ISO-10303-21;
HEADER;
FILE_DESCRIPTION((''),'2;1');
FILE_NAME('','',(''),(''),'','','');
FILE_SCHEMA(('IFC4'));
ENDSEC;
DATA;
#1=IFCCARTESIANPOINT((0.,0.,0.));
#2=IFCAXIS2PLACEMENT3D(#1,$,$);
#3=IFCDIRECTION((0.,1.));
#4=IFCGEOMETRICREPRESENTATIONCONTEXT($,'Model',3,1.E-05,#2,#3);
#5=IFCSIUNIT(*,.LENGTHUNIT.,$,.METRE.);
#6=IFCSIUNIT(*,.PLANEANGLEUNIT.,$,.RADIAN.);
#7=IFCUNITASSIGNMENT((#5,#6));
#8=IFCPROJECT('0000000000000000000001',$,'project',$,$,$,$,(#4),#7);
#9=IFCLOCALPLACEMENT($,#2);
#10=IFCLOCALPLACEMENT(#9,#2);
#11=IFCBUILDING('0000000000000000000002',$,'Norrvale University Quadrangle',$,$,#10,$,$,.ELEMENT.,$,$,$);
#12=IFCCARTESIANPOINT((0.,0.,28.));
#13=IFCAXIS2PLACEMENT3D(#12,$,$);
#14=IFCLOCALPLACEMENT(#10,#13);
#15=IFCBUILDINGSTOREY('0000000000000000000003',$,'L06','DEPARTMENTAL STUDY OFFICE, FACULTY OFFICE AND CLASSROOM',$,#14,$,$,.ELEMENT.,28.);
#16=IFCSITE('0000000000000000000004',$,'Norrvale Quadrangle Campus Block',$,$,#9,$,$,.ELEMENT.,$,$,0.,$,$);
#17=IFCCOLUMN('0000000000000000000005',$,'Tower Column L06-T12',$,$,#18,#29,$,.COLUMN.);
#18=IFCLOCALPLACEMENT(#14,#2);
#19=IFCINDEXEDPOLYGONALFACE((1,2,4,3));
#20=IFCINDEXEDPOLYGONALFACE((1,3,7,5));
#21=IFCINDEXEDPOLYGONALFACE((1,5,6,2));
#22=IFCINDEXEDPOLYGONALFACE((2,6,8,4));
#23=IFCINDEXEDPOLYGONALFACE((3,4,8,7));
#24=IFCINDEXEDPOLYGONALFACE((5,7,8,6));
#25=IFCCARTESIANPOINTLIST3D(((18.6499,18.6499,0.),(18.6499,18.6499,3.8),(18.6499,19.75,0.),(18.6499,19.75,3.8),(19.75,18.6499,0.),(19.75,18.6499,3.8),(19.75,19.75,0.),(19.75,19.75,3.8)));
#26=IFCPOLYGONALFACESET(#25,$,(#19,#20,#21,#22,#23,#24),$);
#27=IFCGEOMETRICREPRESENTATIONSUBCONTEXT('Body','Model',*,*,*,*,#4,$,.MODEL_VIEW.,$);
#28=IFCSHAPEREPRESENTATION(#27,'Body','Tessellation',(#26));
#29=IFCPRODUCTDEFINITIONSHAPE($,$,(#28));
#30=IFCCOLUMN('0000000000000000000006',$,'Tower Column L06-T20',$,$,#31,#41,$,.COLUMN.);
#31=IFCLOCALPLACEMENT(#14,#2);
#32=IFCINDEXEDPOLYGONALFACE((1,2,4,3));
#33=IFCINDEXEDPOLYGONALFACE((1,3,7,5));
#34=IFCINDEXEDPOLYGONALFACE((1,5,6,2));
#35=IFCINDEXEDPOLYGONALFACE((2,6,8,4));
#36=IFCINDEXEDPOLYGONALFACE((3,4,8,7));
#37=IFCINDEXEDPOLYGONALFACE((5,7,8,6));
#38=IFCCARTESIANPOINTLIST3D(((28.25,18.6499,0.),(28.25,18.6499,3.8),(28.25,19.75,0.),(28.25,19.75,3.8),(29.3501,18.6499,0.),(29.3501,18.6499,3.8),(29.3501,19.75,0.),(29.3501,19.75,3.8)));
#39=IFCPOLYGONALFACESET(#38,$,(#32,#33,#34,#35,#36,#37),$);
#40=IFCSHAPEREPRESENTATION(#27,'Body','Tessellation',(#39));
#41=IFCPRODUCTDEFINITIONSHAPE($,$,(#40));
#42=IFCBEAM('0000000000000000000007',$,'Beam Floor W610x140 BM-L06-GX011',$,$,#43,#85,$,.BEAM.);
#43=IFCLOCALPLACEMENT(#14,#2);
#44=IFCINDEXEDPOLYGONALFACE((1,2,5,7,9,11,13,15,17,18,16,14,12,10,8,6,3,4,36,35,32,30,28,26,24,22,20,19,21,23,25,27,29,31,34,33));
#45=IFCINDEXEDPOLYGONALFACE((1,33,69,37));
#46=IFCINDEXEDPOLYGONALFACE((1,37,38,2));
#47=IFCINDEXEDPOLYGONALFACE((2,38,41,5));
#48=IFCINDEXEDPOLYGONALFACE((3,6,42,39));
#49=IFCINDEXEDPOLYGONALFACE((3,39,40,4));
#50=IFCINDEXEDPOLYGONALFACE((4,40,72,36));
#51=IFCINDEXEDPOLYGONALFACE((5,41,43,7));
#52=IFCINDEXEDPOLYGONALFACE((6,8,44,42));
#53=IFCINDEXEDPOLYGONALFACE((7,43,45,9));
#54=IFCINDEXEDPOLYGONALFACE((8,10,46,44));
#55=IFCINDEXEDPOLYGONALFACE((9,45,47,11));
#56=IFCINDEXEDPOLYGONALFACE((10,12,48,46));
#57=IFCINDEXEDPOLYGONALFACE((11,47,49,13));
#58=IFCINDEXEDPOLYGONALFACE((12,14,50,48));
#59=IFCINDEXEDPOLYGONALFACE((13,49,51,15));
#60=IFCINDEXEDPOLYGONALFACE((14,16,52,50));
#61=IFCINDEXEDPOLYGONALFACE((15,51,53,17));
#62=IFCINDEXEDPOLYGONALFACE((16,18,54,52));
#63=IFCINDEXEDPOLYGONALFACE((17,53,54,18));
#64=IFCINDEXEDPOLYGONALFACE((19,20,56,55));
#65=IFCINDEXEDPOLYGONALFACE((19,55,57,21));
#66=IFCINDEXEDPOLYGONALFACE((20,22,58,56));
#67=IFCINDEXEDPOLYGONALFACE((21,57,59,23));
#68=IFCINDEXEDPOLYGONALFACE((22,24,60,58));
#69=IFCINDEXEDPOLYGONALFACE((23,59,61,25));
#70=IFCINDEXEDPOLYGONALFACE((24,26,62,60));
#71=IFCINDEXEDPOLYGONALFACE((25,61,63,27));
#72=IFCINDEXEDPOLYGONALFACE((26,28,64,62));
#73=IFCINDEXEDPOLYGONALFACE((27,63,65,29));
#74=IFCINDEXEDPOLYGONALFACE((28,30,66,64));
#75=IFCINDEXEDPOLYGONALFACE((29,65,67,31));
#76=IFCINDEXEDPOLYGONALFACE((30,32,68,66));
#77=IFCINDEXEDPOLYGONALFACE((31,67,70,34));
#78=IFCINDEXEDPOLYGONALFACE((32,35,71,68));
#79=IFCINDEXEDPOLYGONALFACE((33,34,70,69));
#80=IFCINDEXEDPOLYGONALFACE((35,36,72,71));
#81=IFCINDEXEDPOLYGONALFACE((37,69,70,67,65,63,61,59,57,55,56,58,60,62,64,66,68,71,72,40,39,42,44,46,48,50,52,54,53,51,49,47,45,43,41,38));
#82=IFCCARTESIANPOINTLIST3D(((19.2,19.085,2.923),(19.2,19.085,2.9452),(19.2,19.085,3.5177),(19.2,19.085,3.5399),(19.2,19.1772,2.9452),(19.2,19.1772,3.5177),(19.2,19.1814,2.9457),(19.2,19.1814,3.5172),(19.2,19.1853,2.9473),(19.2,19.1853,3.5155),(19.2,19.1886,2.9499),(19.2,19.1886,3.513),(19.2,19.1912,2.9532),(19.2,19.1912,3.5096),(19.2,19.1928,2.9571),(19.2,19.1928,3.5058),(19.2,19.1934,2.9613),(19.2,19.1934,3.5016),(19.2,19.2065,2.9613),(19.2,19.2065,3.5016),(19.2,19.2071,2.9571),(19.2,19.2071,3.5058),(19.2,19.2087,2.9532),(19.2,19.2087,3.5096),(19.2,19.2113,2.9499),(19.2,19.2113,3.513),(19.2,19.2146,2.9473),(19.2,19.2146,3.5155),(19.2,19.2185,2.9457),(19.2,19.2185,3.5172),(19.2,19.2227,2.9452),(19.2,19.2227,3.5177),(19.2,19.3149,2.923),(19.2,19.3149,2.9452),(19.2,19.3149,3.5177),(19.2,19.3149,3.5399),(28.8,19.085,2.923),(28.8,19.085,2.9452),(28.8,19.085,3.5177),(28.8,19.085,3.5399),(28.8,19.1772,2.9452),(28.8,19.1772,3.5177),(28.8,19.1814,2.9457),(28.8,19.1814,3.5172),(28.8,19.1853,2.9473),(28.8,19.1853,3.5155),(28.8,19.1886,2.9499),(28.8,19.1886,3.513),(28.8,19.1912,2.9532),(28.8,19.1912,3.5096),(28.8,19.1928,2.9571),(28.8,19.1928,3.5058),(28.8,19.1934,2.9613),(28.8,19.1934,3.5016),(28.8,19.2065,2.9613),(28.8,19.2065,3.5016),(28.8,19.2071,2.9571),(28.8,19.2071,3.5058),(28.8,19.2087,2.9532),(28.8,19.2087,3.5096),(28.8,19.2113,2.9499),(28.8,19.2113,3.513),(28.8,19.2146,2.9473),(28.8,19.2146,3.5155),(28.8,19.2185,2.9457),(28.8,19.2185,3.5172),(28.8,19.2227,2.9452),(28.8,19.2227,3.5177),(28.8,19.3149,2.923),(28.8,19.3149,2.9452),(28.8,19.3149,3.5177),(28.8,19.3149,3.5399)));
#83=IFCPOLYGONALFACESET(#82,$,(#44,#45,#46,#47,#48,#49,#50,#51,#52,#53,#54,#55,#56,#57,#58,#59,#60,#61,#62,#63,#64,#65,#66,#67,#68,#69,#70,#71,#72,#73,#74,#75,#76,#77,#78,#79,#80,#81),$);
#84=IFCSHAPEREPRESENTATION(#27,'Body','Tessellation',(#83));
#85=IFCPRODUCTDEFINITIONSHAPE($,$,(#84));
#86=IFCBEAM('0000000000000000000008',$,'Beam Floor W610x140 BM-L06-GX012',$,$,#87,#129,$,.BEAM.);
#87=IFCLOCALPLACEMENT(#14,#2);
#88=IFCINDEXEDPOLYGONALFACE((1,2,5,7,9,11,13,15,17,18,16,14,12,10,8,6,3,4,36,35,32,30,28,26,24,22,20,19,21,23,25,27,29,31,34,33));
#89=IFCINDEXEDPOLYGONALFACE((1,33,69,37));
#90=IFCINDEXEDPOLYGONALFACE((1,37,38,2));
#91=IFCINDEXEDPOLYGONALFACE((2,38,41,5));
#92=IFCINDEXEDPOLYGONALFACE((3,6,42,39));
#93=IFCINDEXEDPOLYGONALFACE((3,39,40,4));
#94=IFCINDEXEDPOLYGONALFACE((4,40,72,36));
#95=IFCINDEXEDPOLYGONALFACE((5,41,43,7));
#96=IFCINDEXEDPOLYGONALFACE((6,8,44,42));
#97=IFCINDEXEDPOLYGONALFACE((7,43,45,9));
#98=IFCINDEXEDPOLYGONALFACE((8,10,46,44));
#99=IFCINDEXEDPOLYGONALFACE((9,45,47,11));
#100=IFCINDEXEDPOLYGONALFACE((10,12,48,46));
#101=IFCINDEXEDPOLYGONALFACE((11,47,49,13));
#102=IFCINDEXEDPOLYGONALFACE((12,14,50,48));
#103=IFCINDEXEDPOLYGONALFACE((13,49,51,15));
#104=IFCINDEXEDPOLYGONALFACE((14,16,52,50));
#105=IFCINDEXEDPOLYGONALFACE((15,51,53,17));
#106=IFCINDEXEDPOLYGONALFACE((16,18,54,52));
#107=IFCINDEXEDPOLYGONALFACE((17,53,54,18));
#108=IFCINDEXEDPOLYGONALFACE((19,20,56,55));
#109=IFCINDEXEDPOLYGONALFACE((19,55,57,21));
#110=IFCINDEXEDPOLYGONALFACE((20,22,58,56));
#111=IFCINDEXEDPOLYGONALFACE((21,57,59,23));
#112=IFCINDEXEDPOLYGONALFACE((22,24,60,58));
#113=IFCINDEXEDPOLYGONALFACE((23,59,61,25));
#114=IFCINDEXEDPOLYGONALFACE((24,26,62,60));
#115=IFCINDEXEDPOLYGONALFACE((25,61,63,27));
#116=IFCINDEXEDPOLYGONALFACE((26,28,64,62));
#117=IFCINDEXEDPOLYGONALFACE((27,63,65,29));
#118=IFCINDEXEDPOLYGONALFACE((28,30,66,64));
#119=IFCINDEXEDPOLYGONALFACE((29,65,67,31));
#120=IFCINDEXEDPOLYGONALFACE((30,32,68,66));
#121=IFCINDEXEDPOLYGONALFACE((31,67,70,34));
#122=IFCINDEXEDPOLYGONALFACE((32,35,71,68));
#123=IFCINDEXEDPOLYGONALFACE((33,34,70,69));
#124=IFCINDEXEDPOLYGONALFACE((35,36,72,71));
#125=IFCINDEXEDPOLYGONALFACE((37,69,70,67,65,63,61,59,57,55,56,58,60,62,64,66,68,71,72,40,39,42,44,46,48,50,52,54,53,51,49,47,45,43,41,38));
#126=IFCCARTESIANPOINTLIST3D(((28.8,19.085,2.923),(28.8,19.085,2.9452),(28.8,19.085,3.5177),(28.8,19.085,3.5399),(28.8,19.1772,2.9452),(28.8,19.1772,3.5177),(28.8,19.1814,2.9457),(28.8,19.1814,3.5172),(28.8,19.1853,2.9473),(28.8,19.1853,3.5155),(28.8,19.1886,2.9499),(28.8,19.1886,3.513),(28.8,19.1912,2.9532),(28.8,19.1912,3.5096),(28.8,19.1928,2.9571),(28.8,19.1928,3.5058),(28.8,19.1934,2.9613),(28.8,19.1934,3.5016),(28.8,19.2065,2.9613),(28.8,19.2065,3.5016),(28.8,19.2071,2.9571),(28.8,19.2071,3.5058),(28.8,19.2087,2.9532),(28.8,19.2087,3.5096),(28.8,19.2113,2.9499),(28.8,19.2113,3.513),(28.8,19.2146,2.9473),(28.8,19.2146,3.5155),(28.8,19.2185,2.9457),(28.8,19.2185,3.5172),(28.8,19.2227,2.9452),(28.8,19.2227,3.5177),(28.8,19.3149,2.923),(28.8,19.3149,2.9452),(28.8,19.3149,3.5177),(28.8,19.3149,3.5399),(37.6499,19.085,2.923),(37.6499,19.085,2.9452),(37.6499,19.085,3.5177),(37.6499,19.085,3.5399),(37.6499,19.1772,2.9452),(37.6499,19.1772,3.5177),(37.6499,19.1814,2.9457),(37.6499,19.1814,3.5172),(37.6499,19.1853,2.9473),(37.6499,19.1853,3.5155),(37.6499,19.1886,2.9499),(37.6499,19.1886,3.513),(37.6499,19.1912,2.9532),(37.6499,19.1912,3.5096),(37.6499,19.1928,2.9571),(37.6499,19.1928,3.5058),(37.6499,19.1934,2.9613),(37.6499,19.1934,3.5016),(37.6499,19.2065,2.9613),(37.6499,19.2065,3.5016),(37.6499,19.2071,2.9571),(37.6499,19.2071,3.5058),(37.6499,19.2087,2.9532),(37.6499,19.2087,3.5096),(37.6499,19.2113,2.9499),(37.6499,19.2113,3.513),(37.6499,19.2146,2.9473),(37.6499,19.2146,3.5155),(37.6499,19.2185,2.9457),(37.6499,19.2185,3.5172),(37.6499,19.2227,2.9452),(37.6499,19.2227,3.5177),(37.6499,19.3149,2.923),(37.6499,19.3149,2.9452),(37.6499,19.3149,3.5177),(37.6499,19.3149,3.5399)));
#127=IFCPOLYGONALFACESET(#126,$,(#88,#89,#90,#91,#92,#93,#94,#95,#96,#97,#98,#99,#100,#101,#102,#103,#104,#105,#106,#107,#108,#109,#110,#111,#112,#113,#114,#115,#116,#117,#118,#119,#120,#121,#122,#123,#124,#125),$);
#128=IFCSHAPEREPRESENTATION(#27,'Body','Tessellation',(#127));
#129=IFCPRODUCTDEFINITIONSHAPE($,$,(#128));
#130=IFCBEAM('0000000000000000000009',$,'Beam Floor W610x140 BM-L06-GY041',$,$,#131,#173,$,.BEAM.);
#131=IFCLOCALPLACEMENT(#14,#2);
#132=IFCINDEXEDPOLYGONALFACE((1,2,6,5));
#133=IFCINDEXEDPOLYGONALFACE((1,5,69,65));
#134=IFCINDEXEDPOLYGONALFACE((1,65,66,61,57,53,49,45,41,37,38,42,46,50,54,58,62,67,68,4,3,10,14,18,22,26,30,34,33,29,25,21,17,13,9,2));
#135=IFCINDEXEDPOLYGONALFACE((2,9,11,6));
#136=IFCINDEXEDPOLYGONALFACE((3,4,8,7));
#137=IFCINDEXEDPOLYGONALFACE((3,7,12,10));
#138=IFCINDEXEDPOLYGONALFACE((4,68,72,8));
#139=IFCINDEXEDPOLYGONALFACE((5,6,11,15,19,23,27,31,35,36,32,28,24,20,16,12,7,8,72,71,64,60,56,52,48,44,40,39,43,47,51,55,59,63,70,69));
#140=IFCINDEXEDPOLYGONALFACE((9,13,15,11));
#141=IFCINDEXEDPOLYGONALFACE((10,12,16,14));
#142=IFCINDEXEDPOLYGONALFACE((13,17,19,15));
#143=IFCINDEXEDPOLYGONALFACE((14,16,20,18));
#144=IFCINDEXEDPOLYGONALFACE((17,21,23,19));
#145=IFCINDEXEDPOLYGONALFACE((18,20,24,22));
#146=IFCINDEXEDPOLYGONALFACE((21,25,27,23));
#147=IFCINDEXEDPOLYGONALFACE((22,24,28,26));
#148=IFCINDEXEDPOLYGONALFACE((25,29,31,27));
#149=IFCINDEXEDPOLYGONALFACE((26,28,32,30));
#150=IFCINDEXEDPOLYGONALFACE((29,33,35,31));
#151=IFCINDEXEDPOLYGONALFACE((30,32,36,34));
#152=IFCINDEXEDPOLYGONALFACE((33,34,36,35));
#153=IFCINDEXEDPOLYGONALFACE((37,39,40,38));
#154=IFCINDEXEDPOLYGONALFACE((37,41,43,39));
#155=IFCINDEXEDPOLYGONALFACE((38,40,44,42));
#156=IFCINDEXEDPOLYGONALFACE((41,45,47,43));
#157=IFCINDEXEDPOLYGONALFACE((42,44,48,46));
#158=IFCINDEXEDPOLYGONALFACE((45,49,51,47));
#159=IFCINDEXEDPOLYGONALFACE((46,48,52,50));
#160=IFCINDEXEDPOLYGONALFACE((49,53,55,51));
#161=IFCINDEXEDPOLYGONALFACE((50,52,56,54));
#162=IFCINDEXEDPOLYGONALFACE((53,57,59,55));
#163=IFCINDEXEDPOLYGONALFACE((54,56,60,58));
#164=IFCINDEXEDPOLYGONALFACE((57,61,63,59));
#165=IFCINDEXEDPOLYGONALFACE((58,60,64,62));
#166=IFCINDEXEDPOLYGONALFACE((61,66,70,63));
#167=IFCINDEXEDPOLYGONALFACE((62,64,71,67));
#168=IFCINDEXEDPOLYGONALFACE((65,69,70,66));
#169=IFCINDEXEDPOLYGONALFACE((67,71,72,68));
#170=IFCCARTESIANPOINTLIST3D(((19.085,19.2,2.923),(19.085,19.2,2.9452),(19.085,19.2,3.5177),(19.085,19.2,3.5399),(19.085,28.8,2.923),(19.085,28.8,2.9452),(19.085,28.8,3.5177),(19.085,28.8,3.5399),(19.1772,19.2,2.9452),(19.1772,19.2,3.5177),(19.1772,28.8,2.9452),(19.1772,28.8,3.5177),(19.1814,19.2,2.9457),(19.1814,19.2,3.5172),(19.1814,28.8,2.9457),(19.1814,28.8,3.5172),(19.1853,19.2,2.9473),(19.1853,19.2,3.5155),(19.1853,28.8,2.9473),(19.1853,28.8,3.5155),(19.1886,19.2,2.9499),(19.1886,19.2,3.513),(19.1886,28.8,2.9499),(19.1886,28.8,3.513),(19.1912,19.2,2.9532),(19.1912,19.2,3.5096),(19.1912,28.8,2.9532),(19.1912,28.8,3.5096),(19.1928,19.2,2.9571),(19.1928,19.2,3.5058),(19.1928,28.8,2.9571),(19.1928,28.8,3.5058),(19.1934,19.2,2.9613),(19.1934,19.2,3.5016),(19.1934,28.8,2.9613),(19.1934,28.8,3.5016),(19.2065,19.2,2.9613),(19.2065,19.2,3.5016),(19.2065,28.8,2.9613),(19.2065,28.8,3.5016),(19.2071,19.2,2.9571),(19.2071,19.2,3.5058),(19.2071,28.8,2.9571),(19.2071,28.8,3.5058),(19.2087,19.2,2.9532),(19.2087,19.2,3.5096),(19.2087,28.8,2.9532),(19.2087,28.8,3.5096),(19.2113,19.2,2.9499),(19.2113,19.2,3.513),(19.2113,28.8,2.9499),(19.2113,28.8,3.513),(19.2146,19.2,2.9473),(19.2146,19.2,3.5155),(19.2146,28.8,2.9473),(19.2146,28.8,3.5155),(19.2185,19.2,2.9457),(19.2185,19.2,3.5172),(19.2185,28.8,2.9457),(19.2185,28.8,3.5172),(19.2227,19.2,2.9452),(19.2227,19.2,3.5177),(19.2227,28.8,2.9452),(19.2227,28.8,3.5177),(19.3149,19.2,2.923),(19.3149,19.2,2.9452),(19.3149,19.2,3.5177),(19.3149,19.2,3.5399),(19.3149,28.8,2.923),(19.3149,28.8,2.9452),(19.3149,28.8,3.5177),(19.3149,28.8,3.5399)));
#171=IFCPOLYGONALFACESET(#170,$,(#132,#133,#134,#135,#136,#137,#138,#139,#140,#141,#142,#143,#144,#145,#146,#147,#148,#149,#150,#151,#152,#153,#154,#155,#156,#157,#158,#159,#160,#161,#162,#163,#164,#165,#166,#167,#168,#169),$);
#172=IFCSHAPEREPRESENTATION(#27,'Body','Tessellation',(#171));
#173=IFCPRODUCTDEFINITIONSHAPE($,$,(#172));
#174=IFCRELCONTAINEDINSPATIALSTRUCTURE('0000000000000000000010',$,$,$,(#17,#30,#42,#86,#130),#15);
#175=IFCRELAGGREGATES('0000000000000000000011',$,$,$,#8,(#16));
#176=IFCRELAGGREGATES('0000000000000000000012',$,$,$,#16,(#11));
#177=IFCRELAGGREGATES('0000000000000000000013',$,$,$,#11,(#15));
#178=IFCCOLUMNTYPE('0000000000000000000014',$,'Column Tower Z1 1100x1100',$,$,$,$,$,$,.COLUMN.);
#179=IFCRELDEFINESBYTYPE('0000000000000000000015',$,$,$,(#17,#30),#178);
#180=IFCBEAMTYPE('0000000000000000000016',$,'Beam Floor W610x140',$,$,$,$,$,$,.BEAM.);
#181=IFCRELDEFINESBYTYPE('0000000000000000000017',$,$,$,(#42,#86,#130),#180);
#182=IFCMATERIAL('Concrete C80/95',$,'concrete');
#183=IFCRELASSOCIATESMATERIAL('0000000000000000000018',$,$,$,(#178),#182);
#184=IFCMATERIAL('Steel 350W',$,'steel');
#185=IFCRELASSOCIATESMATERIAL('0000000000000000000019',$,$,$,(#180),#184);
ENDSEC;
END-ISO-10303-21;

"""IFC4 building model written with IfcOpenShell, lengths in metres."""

from ifc_helpers import new_model, si_unit, direction, frame, origin, origin_2d, place, context, subcontext, project, spatial, rectangle, i_section, extrude, material, material_profile, profile_set, type_object, element, save


model = new_model("IFC4")

# Units and contexts
model_context = context("Model", 3, precision=1e-05, world=origin(), true_north=direction((0.0, 1.0)))
body_context = subcontext(model_context, "Body", "Model", "MODEL_VIEW")
ifc_project = project(units=[si_unit("LENGTHUNIT", "METRE"), si_unit("PLANEANGLEUNIT", "RADIAN")], contexts=[model_context])

# Site, building, storey
site_placement = place(None, origin())
site = spatial("IfcSite", under=ifc_project, at=site_placement, Name="Norrvale Quadrangle Campus Block", CompositionType="ELEMENT", RefElevation=0.0)
building_placement = place(site_placement, origin())
building = spatial("IfcBuilding", under=site, at=building_placement, Name="Norrvale University Quadrangle", CompositionType="ELEMENT")
storey_placement = place(building_placement, frame((0.0, 0.0, 28.0)))
storey = spatial("IfcBuildingStorey", under=building, at=storey_placement, Name="L06", Description="DEPARTMENTAL STUDY OFFICE, FACULTY OFFICE AND CLASSROOM", CompositionType="ELEMENT", Elevation=28.0)

# Columns
ifc_material_1 = material(Name="Concrete C80/95", Category="concrete")
ifc_material_profile_1 = material_profile(ifc_material_1, rectangle(XDim=1.1001, YDim=1.1001, at=origin_2d()), Name="Concrete C80/95")
ifc_profile_set_1 = profile_set([ifc_material_profile_1], Name="Concrete C80/95")
column_type = type_object("IfcColumnType", Name="Column Tower Z1 1100x1100", PredefinedType="COLUMN", material=ifc_profile_set_1)
for number, where, z_axis, x_axis, name in (
    (1, (19.2, 19.2, 0.0), (0.0, 0.0, 1.0), (1.0, 0.0, 0.0), "Tower Column L06-T12"),
    (2, (28.8, 19.2, 0.0), (0.0, 0.0, 1.0), (1.0, 0.0, 0.0), "Tower Column L06-T20"),
):
    element("IfcColumn", number, at=place(storey_placement, frame(where, z_axis=z_axis, x_axis=x_axis)), inside=storey, type_object=column_type, Name=name, PredefinedType="COLUMN", context=body_context, shape_type="SweptSolid", body=[
        extrude(rectangle(XDim=1.1001, YDim=1.1001, at=origin_2d()), origin(), (0.0, 0.0, 1.0), 3.8),
    ])

# Beams
ifc_material_2 = material(Name="Steel 350W", Category="steel")
ifc_material_profile_2 = material_profile(ifc_material_2, i_section(OverallWidth=0.23, OverallDepth=0.6169, WebThickness=0.0132, FlangeThickness=0.0222, FilletRadius=0.0161, at=origin_2d()), Name="Steel 350W")
ifc_profile_set_2 = profile_set([ifc_material_profile_2], Name="Steel 350W")
beam_type_1 = type_object("IfcBeamType", Name="Beam Floor W610x140", PredefinedType="BEAM", material=ifc_profile_set_2)
beam_1_placement = place(storey_placement, frame((19.2, 19.2, 3.2314), z_axis=(1.0, 0.0, 0.0), x_axis=(0.0, 1.0, 0.0)))
element("IfcBeam", 3, at=beam_1_placement, inside=storey, type_object=beam_type_1, Name="Beam Floor W610x140 BM-L06-GX011", PredefinedType="BEAM", context=body_context, shape_type="SweptSolid", body=[
    extrude(i_section(OverallWidth=0.23, OverallDepth=0.6169, WebThickness=0.0132, FlangeThickness=0.0222, FilletRadius=0.0161, at=origin_2d()), origin(), (0.0, 0.0, 1.0), 9.6001),
])
beam_2_placement = place(storey_placement, frame((28.8, 19.2, 3.2314), z_axis=(1.0, 0.0, 0.0), x_axis=(0.0, 1.0, 0.0)))
element("IfcBeam", 4, at=beam_2_placement, inside=storey, type_object=beam_type_1, Name="Beam Floor W610x140 BM-L06-GX012", PredefinedType="BEAM", context=body_context, shape_type="SweptSolid", body=[
    extrude(i_section(OverallWidth=0.23, OverallDepth=0.6169, WebThickness=0.0132, FlangeThickness=0.0222, FilletRadius=0.0161, at=origin_2d()), origin(), (0.0, 0.0, 1.0), 8.8499),
])
for number, where, z_axis, x_axis, name in (
    (5, (19.2, 19.2, 3.2314), (0.0, 1.0, 0.0), (-1.0, 0.0, 0.0), "Beam Floor W610x140 BM-L06-GY041"),
):
    element("IfcBeam", number, at=place(storey_placement, frame(where, z_axis=z_axis, x_axis=x_axis)), inside=storey, type_object=beam_type_1, Name=name, PredefinedType="BEAM", context=body_context, shape_type="SweptSolid", body=[
        extrude(i_section(OverallWidth=0.23, OverallDepth=0.6169, WebThickness=0.0132, FlangeThickness=0.0222, FilletRadius=0.0161, at=origin_2d()), origin(), (0.0, 0.0, 1.0), 9.6001),
    ])

save(model, "model.ifc")
